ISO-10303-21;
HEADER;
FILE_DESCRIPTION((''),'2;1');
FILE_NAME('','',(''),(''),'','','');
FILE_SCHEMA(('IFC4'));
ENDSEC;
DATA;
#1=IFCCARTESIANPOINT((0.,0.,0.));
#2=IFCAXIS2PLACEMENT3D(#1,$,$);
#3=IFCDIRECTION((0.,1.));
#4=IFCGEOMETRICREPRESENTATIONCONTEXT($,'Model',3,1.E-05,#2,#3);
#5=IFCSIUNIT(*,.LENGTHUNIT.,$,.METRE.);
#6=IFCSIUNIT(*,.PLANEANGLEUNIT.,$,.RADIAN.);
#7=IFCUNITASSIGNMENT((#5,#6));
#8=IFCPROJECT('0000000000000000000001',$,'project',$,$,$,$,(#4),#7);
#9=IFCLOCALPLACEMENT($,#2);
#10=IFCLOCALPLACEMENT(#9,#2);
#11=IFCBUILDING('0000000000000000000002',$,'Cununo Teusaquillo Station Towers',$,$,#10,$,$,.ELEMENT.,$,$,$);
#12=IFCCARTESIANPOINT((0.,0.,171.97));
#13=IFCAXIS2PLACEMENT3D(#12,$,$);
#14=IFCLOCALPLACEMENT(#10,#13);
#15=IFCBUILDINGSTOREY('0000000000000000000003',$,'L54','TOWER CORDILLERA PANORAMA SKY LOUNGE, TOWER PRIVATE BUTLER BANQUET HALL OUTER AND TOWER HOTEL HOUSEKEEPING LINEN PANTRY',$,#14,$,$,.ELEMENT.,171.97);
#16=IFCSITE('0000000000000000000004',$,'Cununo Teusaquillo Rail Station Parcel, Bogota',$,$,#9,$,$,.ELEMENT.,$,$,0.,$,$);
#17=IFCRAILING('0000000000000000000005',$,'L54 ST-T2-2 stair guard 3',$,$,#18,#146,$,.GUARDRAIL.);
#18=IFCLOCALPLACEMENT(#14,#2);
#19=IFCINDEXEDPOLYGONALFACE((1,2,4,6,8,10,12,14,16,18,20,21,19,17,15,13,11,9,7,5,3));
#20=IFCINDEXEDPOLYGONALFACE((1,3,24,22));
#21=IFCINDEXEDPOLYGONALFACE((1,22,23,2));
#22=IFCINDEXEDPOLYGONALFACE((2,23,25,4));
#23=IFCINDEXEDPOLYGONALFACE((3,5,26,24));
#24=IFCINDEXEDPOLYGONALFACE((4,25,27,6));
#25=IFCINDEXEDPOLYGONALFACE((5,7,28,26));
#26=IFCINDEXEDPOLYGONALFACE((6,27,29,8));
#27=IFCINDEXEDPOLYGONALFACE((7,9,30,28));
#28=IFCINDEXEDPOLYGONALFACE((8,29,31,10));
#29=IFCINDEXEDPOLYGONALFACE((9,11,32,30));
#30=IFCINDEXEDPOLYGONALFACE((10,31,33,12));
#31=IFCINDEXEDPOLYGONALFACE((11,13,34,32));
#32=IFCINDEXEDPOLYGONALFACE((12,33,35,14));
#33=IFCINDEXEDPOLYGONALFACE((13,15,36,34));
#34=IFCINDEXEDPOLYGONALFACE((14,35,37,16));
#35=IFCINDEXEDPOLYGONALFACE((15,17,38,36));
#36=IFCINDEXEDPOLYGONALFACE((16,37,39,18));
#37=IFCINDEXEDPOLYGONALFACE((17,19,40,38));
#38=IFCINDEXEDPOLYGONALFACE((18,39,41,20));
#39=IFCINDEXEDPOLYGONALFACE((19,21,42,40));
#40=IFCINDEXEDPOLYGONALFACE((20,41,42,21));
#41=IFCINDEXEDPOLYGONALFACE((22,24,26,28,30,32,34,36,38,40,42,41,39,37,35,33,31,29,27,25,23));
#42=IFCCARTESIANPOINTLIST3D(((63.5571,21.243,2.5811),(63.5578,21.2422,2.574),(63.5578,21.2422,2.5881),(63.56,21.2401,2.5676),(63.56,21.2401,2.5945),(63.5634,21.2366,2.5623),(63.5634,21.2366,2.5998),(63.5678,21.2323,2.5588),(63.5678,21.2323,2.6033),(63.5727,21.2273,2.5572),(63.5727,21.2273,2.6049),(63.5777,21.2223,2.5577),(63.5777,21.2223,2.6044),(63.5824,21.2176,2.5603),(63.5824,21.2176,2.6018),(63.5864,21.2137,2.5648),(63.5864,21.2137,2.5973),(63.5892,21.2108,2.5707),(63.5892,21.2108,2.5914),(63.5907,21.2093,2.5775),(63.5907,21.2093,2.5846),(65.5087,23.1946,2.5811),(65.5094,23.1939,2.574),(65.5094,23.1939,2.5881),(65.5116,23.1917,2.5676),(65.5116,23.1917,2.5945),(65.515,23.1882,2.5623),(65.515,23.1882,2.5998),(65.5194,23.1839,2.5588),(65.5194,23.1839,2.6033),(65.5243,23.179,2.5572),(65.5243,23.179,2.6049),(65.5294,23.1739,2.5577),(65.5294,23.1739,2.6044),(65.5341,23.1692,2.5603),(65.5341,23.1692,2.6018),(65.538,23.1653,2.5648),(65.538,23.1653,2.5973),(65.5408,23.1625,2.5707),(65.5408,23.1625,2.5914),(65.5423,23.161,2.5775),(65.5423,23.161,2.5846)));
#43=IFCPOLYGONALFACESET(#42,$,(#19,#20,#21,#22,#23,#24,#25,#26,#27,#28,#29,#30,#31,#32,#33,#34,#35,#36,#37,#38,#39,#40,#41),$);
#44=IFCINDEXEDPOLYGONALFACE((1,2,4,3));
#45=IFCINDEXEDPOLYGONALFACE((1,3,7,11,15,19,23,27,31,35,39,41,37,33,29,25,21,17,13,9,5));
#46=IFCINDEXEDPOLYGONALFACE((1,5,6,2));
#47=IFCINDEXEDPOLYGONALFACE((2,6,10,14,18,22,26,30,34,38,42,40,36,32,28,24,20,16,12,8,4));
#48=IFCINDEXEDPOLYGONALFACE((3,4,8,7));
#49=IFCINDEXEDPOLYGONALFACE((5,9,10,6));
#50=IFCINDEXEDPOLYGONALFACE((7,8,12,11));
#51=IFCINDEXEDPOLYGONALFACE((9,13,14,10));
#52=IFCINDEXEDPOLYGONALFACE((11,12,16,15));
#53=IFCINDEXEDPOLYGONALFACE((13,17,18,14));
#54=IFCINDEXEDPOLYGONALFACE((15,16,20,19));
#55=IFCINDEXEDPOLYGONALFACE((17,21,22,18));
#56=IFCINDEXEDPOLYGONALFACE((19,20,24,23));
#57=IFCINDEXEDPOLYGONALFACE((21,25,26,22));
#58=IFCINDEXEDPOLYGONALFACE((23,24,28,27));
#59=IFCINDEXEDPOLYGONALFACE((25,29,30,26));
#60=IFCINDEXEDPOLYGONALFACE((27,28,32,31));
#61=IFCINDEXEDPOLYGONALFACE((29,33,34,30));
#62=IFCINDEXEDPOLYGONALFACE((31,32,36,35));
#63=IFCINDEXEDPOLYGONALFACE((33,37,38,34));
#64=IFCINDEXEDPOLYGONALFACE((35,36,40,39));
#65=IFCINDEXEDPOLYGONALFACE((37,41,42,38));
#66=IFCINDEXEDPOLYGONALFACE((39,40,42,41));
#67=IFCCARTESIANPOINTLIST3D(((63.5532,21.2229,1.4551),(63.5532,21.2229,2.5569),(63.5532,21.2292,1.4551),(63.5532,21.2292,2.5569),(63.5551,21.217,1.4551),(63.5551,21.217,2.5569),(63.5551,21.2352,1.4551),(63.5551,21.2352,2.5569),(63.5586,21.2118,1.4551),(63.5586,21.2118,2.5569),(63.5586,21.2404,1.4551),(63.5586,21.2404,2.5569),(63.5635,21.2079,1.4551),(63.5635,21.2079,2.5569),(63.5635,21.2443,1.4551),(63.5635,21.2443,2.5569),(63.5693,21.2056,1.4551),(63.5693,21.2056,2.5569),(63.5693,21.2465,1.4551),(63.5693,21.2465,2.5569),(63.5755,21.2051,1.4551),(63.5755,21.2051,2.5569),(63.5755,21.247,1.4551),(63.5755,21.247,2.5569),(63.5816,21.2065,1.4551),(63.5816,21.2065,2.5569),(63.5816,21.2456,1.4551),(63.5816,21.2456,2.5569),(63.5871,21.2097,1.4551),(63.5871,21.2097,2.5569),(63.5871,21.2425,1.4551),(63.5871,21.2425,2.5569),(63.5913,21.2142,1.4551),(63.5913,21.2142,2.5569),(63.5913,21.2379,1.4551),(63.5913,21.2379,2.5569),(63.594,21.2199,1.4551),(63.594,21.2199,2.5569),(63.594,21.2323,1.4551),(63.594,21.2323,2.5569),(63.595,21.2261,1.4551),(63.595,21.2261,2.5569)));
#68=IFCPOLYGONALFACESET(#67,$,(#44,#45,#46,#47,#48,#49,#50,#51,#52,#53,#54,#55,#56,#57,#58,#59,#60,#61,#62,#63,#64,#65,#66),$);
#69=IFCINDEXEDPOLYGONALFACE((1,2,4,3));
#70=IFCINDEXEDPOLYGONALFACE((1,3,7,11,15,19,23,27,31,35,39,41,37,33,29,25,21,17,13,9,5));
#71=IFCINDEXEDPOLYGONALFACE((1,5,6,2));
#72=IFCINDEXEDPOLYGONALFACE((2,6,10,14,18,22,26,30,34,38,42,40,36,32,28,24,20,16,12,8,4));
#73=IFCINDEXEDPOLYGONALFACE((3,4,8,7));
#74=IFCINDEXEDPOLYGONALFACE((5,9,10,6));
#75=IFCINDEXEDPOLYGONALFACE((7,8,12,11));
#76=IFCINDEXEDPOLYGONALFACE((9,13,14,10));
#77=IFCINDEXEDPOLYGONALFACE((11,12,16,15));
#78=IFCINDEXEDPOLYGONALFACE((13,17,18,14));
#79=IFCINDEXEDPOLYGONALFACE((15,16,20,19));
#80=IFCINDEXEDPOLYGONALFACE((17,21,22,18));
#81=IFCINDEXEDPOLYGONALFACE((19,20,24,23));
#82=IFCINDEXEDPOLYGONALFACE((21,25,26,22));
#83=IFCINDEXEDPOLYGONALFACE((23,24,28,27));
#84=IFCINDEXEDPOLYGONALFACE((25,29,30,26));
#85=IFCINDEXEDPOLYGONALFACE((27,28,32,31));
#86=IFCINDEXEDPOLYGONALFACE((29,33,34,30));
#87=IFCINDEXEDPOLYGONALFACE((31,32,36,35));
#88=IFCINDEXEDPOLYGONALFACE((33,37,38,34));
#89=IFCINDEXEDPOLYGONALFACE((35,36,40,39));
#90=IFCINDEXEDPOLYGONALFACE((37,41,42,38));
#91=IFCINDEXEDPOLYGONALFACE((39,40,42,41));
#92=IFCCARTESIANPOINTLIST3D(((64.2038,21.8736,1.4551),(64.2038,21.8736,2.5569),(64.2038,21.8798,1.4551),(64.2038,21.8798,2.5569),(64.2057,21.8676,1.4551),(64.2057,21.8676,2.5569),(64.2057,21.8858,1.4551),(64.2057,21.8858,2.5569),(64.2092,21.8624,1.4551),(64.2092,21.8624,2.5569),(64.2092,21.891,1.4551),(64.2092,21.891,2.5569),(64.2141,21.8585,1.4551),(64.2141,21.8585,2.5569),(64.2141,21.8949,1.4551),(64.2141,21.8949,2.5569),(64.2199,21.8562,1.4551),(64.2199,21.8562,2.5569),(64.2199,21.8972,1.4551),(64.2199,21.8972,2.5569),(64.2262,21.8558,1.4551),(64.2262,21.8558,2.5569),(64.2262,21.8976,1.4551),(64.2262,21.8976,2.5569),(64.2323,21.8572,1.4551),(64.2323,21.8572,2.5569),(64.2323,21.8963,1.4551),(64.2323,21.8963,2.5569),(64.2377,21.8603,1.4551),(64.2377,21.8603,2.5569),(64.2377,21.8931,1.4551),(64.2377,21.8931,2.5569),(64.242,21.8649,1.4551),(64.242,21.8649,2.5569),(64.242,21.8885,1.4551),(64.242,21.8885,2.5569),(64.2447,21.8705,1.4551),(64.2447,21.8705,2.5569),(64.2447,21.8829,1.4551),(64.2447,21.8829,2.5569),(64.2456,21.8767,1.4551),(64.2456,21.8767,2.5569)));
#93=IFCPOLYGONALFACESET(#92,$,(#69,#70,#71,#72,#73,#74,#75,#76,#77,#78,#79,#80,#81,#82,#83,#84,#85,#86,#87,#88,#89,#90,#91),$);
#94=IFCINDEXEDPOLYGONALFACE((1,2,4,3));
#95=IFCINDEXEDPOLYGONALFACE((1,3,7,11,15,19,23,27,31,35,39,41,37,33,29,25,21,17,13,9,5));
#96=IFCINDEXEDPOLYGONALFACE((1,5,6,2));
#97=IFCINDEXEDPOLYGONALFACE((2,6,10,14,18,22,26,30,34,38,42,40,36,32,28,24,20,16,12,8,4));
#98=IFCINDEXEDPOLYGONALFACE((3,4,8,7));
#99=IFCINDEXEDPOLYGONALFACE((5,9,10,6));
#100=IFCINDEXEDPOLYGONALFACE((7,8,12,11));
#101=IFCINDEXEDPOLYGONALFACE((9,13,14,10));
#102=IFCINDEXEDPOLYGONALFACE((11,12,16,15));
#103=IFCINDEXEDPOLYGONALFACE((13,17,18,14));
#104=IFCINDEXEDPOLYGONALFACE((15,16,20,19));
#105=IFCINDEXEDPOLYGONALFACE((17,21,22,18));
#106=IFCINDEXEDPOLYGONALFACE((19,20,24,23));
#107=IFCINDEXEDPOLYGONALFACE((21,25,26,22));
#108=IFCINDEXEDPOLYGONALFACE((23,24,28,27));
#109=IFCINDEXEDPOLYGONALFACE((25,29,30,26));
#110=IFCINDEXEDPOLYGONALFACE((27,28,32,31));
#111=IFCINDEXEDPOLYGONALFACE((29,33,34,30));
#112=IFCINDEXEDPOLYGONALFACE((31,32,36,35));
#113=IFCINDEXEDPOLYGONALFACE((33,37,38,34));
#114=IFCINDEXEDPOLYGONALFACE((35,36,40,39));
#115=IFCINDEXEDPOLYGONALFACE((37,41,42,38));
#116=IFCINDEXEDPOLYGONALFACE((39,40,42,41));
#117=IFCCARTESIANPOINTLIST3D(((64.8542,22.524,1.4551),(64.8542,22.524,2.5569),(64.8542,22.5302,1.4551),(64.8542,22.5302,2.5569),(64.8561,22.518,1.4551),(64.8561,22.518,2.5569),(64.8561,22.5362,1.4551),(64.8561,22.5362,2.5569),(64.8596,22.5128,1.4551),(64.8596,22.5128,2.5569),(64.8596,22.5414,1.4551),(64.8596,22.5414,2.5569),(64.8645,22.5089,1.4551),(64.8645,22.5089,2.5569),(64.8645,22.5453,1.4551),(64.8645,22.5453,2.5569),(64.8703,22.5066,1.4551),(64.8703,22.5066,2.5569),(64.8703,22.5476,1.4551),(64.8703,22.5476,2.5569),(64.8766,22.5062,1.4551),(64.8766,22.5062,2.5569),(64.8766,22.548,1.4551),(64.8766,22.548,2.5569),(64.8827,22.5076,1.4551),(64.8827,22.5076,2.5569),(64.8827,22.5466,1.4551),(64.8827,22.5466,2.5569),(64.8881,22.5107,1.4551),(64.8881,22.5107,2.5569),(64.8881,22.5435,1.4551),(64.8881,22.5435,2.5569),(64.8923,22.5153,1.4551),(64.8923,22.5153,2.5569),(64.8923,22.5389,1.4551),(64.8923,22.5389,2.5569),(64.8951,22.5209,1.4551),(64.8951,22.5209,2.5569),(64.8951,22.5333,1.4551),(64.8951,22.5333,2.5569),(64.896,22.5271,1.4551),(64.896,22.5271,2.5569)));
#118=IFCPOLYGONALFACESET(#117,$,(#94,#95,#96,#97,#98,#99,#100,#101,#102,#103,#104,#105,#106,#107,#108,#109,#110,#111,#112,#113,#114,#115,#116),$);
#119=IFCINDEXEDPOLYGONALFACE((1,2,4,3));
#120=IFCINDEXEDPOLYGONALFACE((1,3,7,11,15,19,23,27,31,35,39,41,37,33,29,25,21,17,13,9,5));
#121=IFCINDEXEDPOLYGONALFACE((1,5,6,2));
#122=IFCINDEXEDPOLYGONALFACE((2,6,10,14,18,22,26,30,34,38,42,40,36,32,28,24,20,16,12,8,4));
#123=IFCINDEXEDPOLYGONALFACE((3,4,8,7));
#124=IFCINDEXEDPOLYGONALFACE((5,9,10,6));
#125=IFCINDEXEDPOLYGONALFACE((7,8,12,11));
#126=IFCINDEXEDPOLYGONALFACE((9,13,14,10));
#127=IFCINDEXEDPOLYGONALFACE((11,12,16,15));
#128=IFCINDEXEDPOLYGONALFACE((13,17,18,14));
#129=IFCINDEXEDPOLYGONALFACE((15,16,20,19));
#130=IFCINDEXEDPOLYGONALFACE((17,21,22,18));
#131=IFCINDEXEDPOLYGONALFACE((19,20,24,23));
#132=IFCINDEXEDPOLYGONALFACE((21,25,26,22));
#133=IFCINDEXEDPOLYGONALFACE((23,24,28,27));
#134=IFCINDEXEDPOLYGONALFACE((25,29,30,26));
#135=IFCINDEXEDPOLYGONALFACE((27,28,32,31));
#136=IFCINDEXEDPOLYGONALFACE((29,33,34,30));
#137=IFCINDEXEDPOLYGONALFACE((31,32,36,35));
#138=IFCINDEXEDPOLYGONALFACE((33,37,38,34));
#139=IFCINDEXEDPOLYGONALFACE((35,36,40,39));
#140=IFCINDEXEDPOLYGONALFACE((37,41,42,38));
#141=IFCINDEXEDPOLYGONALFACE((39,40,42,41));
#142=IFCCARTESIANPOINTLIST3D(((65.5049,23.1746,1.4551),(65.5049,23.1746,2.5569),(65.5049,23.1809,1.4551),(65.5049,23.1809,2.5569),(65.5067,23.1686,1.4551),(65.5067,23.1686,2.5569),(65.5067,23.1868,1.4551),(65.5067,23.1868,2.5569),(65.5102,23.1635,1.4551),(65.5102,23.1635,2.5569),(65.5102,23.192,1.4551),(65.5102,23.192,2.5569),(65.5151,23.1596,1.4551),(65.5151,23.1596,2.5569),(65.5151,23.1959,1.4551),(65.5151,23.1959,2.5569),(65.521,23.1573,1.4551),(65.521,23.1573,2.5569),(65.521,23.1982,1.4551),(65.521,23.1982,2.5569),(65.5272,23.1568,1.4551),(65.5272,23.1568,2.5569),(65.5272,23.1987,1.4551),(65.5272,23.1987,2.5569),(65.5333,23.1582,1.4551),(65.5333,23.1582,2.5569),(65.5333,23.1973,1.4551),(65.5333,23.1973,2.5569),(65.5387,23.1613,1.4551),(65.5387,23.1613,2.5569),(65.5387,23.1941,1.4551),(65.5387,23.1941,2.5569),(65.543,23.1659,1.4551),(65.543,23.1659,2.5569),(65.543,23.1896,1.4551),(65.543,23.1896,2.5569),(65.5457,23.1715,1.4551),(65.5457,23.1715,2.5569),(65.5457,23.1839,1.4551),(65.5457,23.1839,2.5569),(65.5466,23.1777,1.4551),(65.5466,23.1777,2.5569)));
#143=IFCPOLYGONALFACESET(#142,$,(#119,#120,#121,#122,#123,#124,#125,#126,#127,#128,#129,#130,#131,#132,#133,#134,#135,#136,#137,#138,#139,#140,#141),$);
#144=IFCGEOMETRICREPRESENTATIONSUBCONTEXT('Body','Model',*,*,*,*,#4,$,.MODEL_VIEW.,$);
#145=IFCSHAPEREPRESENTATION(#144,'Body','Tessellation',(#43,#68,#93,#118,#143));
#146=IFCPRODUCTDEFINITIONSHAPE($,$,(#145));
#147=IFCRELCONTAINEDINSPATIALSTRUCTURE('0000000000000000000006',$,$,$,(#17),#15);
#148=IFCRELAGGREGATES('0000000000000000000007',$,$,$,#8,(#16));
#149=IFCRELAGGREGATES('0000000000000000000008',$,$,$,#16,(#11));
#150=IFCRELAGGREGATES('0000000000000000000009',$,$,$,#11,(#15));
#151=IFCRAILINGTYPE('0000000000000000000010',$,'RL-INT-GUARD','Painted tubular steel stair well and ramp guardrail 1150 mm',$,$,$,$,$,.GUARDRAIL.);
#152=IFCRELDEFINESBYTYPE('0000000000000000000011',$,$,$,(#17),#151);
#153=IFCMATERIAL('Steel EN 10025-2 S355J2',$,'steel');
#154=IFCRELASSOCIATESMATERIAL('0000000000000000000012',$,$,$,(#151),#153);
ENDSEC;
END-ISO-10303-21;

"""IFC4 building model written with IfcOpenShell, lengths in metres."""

from ifc_helpers import new_model, si_unit, direction, frame, origin, origin_2d, place, context, subcontext, project, spatial, circle, extrude, material, type_object, element, save


model = new_model("IFC4")

# Units and contexts
model_context = context("Model", 3, precision=1e-05, world=origin(), true_north=direction((0.0, 1.0)))
body_context = subcontext(model_context, "Body", "Model", "MODEL_VIEW")
ifc_project = project(units=[si_unit("LENGTHUNIT", "METRE"), si_unit("PLANEANGLEUNIT", "RADIAN")], contexts=[model_context])

# Site, building, storey
site_placement = place(None, origin())
site = spatial("IfcSite", under=ifc_project, at=site_placement, Name="Cununo Teusaquillo Rail Station Parcel, Bogota", CompositionType="ELEMENT", RefElevation=0.0)
building_placement = place(site_placement, origin())
building = spatial("IfcBuilding", under=site, at=building_placement, Name="Cununo Teusaquillo Station Towers", CompositionType="ELEMENT")
storey_placement = place(building_placement, frame((0.0, 0.0, 171.97)))
storey = spatial("IfcBuildingStorey", under=building, at=storey_placement, Name="L54", Description="TOWER CORDILLERA PANORAMA SKY LOUNGE, TOWER PRIVATE BUTLER BANQUET HALL OUTER AND TOWER HOTEL HOUSEKEEPING LINEN PANTRY", CompositionType="ELEMENT", Elevation=171.97)

# Railing
ifc_material_1 = material(Name="Steel EN 10025-2 S355J2", Category="steel")
railing_type = type_object("IfcRailingType", Name="RL-INT-GUARD", Description="Painted tubular steel stair well and ramp guardrail 1150 mm", PredefinedType="GUARDRAIL", material=ifc_material_1)
railing_1_placement = place(storey_placement, frame((63.574, 21.2261, 1.4551)))
element("IfcRailing", 1, at=railing_1_placement, inside=storey, type_object=railing_type, Name="L54 ST-T2-2 stair guard 3", PredefinedType="GUARDRAIL", context=body_context, shape_type="SweptSolid", body=[
    extrude(circle(Radius=0.0239, at=origin_2d()), frame((0.0, 0.0, 1.126), z_axis=(0.707107, 0.707107, 0.0), x_axis=(-0.707107, 0.707107, 0.0)), (0.0, 0.0, 1.0), 2.76),
    extrude(circle(Radius=0.021, at=origin_2d()), origin(), (0.0, 0.0, 1.0), 1.1018),
    extrude(circle(Radius=0.021, at=origin_2d()), frame((0.6506, 0.6506, 0.0)), (0.0, 0.0, 1.0), 1.1018),
    extrude(circle(Radius=0.021, at=origin_2d()), frame((1.301, 1.301, 0.0)), (0.0, 0.0, 1.0), 1.1018),
    extrude(circle(Radius=0.021, at=origin_2d()), frame((1.9517, 1.9517, 0.0)), (0.0, 0.0, 1.0), 1.1018),
])

save(model, "model.ifc")
